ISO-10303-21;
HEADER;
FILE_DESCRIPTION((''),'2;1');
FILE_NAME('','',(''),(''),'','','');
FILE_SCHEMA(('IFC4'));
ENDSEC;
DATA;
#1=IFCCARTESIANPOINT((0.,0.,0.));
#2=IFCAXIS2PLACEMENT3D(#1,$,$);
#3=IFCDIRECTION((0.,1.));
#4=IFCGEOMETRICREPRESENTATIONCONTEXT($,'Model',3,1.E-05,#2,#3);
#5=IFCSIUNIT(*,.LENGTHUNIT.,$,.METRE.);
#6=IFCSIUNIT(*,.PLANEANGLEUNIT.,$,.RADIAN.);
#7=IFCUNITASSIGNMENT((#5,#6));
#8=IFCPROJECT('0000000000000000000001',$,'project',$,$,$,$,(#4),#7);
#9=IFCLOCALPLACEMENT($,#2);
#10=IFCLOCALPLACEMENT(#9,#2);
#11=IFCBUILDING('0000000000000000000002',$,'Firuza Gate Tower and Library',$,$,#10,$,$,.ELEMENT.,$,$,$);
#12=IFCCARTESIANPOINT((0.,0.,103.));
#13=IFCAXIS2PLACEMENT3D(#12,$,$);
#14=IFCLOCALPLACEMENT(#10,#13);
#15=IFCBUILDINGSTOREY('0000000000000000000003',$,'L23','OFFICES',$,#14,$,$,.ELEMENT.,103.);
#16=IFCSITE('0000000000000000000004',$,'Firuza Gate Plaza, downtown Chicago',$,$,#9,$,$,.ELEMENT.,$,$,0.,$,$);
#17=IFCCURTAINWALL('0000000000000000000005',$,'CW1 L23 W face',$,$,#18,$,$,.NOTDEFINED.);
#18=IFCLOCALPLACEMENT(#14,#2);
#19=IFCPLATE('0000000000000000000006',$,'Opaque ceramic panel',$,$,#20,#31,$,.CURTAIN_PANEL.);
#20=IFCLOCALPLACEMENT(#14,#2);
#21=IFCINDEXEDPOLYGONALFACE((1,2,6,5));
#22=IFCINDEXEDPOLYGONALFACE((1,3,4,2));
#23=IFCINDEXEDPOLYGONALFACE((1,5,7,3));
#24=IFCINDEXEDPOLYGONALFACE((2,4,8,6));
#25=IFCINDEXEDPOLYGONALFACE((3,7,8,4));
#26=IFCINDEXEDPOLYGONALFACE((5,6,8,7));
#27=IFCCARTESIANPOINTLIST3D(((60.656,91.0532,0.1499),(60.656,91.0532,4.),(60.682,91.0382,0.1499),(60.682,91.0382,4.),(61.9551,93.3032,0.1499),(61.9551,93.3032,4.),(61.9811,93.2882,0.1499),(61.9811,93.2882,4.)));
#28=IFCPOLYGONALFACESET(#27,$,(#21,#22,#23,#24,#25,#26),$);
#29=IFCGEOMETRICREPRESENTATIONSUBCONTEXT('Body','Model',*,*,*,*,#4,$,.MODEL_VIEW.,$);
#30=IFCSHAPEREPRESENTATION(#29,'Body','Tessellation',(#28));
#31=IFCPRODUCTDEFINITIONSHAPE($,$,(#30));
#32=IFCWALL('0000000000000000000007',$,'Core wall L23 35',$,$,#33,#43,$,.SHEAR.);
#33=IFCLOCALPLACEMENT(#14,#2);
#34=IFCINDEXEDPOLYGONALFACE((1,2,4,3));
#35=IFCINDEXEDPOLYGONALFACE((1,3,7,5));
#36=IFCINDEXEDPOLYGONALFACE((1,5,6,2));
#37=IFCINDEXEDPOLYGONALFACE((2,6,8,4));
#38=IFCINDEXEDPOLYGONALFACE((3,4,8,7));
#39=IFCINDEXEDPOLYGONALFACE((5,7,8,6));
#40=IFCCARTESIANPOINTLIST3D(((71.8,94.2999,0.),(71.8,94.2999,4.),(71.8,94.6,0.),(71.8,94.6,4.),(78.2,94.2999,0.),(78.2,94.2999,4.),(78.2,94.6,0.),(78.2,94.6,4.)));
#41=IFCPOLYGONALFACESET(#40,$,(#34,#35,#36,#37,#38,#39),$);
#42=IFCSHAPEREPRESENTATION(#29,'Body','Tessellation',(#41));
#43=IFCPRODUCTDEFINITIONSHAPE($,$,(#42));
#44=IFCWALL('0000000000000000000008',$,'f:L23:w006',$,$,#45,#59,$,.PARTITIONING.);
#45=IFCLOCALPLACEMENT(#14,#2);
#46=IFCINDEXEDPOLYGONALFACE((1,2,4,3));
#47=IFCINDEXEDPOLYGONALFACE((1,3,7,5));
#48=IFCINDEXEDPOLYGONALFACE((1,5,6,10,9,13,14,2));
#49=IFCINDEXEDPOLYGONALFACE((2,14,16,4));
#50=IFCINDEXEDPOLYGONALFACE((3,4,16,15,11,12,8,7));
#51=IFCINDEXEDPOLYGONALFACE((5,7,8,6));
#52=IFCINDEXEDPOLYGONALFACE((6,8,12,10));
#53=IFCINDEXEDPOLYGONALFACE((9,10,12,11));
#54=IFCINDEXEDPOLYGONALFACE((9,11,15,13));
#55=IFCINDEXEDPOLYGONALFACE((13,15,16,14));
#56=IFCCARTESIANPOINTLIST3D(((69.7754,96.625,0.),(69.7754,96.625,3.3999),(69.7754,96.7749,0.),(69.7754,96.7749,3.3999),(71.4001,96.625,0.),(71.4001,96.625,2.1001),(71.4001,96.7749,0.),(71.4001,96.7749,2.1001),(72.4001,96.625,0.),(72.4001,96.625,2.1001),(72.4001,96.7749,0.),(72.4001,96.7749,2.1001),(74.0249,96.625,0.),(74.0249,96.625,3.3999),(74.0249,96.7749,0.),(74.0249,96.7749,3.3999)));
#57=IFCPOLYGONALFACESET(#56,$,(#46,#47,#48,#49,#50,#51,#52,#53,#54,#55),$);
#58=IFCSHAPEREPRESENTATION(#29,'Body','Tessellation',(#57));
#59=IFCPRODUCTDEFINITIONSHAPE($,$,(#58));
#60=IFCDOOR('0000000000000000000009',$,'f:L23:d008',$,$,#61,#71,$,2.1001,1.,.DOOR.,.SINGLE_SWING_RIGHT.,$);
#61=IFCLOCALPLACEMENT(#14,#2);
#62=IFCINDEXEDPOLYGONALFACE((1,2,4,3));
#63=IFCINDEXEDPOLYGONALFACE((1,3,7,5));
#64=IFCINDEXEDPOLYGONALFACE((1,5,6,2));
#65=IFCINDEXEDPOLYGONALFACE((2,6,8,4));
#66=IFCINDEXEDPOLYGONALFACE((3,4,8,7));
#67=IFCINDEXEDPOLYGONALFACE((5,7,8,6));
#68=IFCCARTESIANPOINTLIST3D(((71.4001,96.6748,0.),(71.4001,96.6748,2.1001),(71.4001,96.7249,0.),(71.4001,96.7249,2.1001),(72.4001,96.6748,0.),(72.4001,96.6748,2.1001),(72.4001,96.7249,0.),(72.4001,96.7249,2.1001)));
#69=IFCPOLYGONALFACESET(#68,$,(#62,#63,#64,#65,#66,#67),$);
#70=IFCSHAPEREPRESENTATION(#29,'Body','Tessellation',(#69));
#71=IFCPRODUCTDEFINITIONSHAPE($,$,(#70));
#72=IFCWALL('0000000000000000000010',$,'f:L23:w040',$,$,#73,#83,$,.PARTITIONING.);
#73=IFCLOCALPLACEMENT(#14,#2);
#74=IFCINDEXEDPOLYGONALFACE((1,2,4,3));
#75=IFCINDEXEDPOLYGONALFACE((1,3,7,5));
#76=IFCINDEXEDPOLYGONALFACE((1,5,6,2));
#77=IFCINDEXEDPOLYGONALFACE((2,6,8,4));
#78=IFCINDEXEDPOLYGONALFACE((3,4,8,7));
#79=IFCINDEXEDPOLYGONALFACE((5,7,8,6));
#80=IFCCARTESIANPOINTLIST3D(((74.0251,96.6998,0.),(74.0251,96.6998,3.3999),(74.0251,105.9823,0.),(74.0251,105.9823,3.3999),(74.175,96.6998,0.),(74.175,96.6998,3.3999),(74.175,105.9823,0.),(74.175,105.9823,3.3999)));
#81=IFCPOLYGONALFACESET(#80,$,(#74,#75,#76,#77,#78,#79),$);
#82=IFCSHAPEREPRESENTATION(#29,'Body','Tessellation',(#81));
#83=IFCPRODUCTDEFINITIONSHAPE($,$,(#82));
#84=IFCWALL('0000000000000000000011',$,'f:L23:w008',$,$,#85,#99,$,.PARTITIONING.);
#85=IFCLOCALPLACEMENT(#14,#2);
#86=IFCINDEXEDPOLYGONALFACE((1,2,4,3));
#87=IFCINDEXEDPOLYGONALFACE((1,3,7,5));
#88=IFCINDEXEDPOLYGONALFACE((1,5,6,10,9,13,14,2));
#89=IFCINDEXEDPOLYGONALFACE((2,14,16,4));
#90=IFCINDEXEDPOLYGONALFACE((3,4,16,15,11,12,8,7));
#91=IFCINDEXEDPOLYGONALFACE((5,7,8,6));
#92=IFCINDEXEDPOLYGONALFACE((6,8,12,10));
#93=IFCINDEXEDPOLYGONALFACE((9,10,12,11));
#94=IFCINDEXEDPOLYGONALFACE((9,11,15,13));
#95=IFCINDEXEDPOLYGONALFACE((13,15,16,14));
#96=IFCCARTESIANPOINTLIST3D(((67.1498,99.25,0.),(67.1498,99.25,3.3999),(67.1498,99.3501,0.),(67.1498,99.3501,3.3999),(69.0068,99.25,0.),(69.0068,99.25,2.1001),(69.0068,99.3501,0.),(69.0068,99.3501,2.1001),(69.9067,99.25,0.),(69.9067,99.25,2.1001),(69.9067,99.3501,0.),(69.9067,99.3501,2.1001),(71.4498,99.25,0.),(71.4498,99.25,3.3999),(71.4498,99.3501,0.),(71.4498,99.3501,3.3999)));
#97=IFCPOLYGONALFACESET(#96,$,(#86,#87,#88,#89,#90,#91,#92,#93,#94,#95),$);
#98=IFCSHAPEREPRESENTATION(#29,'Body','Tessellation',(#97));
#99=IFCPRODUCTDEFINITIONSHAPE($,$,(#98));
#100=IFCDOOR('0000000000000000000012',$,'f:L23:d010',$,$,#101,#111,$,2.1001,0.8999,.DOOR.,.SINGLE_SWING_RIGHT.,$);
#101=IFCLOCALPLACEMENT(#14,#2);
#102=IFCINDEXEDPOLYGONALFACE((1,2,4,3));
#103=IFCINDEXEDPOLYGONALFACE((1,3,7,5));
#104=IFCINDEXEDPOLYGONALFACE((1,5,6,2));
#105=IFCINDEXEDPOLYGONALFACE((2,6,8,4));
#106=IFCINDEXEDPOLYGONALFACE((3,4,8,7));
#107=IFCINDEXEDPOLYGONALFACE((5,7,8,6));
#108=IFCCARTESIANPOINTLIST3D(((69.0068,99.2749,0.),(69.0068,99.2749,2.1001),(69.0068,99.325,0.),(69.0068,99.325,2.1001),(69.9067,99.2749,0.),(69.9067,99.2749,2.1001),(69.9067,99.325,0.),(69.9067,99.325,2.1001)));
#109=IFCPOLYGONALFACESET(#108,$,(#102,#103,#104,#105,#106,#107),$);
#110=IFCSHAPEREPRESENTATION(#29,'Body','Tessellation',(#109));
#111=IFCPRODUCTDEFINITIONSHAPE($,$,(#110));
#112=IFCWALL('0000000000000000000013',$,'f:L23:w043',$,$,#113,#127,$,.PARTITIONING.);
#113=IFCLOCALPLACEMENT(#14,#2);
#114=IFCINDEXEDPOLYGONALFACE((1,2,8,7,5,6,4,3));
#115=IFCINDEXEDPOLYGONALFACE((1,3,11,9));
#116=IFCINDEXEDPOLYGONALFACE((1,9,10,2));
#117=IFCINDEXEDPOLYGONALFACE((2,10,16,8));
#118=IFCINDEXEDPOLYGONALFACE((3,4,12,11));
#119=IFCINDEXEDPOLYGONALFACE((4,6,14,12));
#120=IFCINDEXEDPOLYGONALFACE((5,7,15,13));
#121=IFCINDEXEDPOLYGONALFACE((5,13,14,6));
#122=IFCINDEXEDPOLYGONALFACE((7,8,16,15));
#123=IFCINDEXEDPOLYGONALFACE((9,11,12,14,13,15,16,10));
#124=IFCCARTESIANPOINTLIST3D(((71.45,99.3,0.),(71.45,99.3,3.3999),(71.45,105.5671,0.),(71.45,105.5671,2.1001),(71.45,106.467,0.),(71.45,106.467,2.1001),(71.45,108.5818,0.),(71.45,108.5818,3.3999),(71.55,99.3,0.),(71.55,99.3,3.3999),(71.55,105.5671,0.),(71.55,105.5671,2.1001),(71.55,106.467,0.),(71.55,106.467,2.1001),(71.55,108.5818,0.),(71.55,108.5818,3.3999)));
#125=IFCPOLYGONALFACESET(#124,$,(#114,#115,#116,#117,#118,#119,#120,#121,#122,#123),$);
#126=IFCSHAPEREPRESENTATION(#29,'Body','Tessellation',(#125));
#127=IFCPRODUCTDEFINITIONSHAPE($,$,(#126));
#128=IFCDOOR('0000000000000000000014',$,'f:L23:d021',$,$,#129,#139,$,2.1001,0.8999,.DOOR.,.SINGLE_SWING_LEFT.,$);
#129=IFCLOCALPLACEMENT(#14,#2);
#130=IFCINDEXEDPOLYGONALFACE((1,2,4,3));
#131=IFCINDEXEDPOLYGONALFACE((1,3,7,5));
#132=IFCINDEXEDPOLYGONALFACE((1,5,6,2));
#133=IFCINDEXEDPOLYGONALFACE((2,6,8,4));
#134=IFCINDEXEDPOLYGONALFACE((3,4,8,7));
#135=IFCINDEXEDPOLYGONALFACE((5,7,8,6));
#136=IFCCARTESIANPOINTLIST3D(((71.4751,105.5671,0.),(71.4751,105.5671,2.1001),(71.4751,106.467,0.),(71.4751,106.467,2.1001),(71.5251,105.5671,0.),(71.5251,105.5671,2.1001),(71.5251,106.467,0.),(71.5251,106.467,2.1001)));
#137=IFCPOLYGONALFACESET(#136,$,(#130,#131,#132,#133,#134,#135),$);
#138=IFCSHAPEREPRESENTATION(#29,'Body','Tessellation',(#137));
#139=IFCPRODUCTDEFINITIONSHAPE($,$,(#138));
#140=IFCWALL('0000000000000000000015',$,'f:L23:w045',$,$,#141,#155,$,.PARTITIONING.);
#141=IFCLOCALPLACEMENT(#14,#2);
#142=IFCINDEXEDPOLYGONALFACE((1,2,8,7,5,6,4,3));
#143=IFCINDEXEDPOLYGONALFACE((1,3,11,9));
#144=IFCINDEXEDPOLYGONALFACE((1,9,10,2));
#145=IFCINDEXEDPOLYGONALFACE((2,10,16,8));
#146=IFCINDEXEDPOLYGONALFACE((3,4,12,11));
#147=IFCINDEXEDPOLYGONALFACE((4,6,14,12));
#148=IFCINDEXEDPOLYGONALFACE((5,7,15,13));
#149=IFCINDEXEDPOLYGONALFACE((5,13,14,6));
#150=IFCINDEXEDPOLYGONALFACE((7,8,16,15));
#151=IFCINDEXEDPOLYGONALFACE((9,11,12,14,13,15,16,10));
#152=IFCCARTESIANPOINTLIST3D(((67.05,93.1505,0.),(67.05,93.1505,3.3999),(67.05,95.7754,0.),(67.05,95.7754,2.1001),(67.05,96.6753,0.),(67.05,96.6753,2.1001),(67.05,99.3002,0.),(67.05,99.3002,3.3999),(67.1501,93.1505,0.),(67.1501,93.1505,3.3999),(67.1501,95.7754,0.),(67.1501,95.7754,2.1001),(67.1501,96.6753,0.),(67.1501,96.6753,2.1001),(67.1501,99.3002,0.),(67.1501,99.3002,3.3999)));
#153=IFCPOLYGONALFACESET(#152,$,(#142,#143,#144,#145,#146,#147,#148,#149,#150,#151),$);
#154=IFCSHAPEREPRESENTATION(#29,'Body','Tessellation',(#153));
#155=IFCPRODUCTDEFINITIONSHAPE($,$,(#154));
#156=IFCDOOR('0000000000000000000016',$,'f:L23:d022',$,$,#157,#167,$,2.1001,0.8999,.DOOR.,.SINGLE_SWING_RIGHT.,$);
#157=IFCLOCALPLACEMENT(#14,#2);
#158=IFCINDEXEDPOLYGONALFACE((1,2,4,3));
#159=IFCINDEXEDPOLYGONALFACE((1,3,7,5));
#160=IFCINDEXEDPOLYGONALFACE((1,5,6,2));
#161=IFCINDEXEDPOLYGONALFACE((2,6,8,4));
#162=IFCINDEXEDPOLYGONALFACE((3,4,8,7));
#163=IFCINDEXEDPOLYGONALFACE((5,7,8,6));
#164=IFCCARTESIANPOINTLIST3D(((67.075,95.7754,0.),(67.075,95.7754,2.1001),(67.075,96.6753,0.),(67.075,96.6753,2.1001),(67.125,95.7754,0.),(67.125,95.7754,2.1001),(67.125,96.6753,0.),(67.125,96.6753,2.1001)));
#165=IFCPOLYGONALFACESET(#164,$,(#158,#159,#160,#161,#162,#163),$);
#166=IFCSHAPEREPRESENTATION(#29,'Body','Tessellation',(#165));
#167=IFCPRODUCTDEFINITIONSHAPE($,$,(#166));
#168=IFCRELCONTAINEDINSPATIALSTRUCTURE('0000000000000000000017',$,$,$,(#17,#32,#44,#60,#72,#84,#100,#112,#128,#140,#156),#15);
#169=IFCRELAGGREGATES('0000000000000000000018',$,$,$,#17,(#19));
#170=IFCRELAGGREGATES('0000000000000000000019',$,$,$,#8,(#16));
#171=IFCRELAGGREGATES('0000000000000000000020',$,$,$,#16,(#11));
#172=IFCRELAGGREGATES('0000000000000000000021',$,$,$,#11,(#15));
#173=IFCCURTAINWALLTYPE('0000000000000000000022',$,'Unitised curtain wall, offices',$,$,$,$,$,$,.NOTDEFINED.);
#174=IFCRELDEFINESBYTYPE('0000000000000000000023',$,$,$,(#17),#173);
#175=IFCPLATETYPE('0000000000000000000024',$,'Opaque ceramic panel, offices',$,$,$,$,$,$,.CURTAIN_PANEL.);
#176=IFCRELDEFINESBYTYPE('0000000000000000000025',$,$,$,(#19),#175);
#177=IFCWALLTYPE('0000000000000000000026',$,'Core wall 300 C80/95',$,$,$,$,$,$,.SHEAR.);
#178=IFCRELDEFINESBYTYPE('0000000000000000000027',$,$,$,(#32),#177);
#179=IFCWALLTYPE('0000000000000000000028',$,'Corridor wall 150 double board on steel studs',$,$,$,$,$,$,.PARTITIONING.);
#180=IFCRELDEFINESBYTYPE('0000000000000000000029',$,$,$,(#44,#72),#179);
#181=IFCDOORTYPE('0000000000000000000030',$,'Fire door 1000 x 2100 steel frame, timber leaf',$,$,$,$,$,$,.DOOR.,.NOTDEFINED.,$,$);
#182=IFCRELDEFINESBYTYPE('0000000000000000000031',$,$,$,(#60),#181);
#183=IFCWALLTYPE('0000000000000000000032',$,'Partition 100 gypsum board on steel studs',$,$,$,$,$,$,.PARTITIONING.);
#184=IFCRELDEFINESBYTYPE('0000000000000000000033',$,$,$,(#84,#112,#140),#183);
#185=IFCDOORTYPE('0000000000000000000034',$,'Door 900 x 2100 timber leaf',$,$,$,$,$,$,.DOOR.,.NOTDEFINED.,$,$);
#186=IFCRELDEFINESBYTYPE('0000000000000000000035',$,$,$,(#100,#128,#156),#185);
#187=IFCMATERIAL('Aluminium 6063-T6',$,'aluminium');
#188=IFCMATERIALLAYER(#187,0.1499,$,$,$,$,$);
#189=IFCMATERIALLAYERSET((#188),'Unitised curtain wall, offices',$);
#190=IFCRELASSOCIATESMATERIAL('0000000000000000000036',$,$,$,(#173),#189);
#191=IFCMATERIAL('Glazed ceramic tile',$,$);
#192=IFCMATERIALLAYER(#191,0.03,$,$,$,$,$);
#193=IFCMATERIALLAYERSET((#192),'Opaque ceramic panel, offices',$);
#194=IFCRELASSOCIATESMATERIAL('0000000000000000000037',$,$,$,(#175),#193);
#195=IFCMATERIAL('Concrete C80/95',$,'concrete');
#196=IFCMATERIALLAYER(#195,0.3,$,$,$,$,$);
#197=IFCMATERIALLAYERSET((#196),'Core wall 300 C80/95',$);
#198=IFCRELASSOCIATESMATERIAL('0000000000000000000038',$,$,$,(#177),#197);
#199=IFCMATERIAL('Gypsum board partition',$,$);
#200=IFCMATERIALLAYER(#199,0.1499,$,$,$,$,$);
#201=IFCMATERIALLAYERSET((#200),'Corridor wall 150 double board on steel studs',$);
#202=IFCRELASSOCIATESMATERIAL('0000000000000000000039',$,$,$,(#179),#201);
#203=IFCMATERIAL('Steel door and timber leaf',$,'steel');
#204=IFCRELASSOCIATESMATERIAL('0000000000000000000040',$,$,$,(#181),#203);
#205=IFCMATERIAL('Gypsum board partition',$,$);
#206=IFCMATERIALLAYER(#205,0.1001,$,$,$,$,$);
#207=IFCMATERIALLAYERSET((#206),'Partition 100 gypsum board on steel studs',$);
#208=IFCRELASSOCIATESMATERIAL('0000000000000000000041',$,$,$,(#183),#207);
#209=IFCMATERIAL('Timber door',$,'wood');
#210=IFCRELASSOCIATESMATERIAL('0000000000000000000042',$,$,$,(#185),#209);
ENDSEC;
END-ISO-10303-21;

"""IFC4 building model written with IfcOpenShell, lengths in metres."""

from ifc_helpers import new_model, si_unit, direction, frame, frame_2d, origin, place, context, subcontext, project, spatial, polyline, rectangle, outline, extrude, material, layer, layer_set, type_object, element, fill, aggregate, save


model = new_model("IFC4")

# Units and contexts
model_context = context("Model", 3, precision=1e-05, world=origin(), true_north=direction((0.0, 1.0)))
body_context = subcontext(model_context, "Body", "Model", "MODEL_VIEW")
ifc_project = project(units=[si_unit("LENGTHUNIT", "METRE"), si_unit("PLANEANGLEUNIT", "RADIAN")], contexts=[model_context])

# Site, building, storey
site_placement = place(None, origin())
site = spatial("IfcSite", under=ifc_project, at=site_placement, Name="Firuza Gate Plaza, downtown Chicago", CompositionType="ELEMENT", RefElevation=0.0)
building_placement = place(site_placement, origin())
building = spatial("IfcBuilding", under=site, at=building_placement, Name="Firuza Gate Tower and Library", CompositionType="ELEMENT")
storey_placement = place(building_placement, frame((0.0, 0.0, 103.0)))
storey = spatial("IfcBuildingStorey", under=building, at=storey_placement, Name="L23", Description="OFFICES", CompositionType="ELEMENT", Elevation=103.0)

# Curtain wall
ifc_material_1 = material(Name="Aluminium 6063-T6", Category="aluminium")
ifc_layer_1 = layer(ifc_material_1, 0.1499)
ifc_layer_set_1 = layer_set([ifc_layer_1], Name="Unitised curtain wall, offices")
curtain_wall_type = type_object("IfcCurtainWallType", Name="Unitised curtain wall, offices", PredefinedType="NOTDEFINED", material=ifc_layer_set_1)
placement = place(storey_placement, origin())
curtain_wall = element("IfcCurtainWall", 1, at=placement, inside=storey, type_object=curtain_wall_type, Name="CW1 L23 W face", PredefinedType="NOTDEFINED")

# Plate
ifc_material_2 = material(Name="Glazed ceramic tile")
ifc_layer_2 = layer(ifc_material_2, 0.03)
ifc_layer_set_2 = layer_set([ifc_layer_2], Name="Opaque ceramic panel, offices")
plate_type_1 = type_object("IfcPlateType", Name="Opaque ceramic panel, offices", PredefinedType="CURTAIN_PANEL", material=ifc_layer_set_2)
plate_1_placement = place(storey_placement, frame((61.9551, 93.3032, 0.1499), z_axis=(-0.86602, 0.50001, 0.0), x_axis=(-0.50001, -0.86602, 0.0)))
plate_1 = element("IfcPlate", 2, at=plate_1_placement, type_object=plate_type_1, Name="Opaque ceramic panel", PredefinedType="CURTAIN_PANEL", context=body_context, shape_type="SweptSolid", body=[
    extrude(outline(polyline([(0.0, 0.0), (2.5981, 0.0), (2.5981, 3.8501), (0.0, 3.8501), (0.0, 0.0)])), origin(), (0.0, 0.0, -1.0), 0.03),
])
aggregate(curtain_wall, [plate_1])

# Wall
ifc_material_3 = material(Name="Concrete C80/95", Category="concrete")
ifc_layer_3 = layer(ifc_material_3, 0.3)
ifc_layer_set_3 = layer_set([ifc_layer_3], Name="Core wall 300 C80/95")
wall_type_1 = type_object("IfcWallType", Name="Core wall 300 C80/95", PredefinedType="SHEAR", material=ifc_layer_set_3)
wall_1_placement = place(storey_placement, frame((71.8, 94.45, 0.0), z_axis=(0.0, 0.0, 1.0), x_axis=(1.0, 0.0, 0.0)))
element("IfcWall", 3, at=wall_1_placement, inside=storey, type_object=wall_type_1, Name="Core wall L23 35", PredefinedType="SHEAR", context=body_context, shape_type="SweptSolid", body=[
    extrude(rectangle(XDim=6.3999, YDim=0.3, at=frame_2d((3.2, 0.0))), origin(), (0.0, 0.0, 1.0), 4.0),
])

# Wall, opening, door
ifc_material_4 = material(Name="Gypsum board partition")
ifc_layer_4 = layer(ifc_material_4, 0.1499)
ifc_layer_set_4 = layer_set([ifc_layer_4], Name="Corridor wall 150 double board on steel studs")
wall_type_2 = type_object("IfcWallType", Name="Corridor wall 150 double board on steel studs", PredefinedType="PARTITIONING", material=ifc_layer_set_4)
wall_2_placement = place(storey_placement, frame((69.7754, 96.7, 0.0), z_axis=(0.0, 0.0, 1.0), x_axis=(1.0, 0.0, 0.0)))
wall_2 = element("IfcWall", 4, at=wall_2_placement, inside=storey, type_object=wall_type_2, Name="f:L23:w006", PredefinedType="PARTITIONING", context=body_context, shape_type="SweptSolid", body=[
    extrude(rectangle(XDim=4.2495, YDim=0.1499, at=frame_2d((2.1248, 0.0))), origin(), (0.0, 0.0, 1.0), 3.3999),
])
opening_1_placement = place(wall_2_placement, frame((1.6248, 0.0, 0.0)))
opening_1 = element("IfcOpeningElement", 5, at=opening_1_placement, cuts=wall_2, PredefinedType="OPENING", context=body_context, shape_type="SweptSolid", body=[
    extrude(rectangle(XDim=1.0, YDim=2.1001, at=frame_2d((0.5, 1.05))), frame((0.0, 0.085, 0.0), z_axis=(0.0, -1.0, 0.0), x_axis=(1.0, 0.0, 0.0)), (0.0, 0.0, 1.0), 0.1699),
])
ifc_material_5 = material(Name="Steel door and timber leaf", Category="steel")
door_type_1 = type_object("IfcDoorType", Name="Fire door 1000 x 2100 steel frame, timber leaf", OperationType="NOTDEFINED", PredefinedType="DOOR", material=ifc_material_5)
door_1_placement = place(opening_1_placement, origin())
door_1 = element("IfcDoor", 6, at=door_1_placement, inside=storey, type_object=door_type_1, Name="f:L23:d008", OperationType="SINGLE_SWING_RIGHT", OverallHeight=2.1001, OverallWidth=1.0, PredefinedType="DOOR", context=body_context, shape_type="SweptSolid", body=[
    extrude(rectangle(XDim=1.0, YDim=2.1001, at=frame_2d((0.5, 1.05))), frame((0.0, 0.0249, 0.0), z_axis=(0.0, -1.0, 0.0), x_axis=(1.0, 0.0, 0.0)), (0.0, 0.0, 1.0), 0.05),
])
fill(opening_1, door_1)

# Wall
wall_3_placement = place(storey_placement, frame((74.1001, 96.7, 0.0), z_axis=(0.0, 0.0, 1.0), x_axis=(0.0, 1.0, 0.0)))
element("IfcWall", 7, at=wall_3_placement, inside=storey, type_object=wall_type_2, Name="f:L23:w040", PredefinedType="PARTITIONING", context=body_context, shape_type="SweptSolid", body=[
    extrude(rectangle(XDim=9.2825, YDim=0.1499, at=frame_2d((4.6411, 0.0))), origin(), (0.0, 0.0, 1.0), 3.3999),
])

# Walls, openings, doors
ifc_material_6 = material(Name="Gypsum board partition")
ifc_layer_5 = layer(ifc_material_6, 0.1001)
ifc_layer_set_5 = layer_set([ifc_layer_5], Name="Partition 100 gypsum board on steel studs")
wall_type_3 = type_object("IfcWallType", Name="Partition 100 gypsum board on steel studs", PredefinedType="PARTITIONING", material=ifc_layer_set_5)
wall_4_placement = place(storey_placement, frame((67.1499, 99.3, 0.0), z_axis=(0.0, 0.0, 1.0), x_axis=(1.0, 0.0, 0.0)))
wall_4 = element("IfcWall", 8, at=wall_4_placement, inside=storey, type_object=wall_type_3, Name="f:L23:w008", PredefinedType="PARTITIONING", context=body_context, shape_type="SweptSolid", body=[
    extrude(rectangle(XDim=4.3, YDim=0.1001, at=frame_2d((2.1499, 0.0))), origin(), (0.0, 0.0, 1.0), 3.3999),
])
opening_2_placement = place(wall_4_placement, frame((1.8569, 0.0, 0.0)))
opening_2 = element("IfcOpeningElement", 9, at=opening_2_placement, cuts=wall_4, PredefinedType="OPENING", context=body_context, shape_type="SweptSolid", body=[
    extrude(rectangle(XDim=0.8999, YDim=2.1001, at=frame_2d((0.45, 1.05))), frame((0.0, 0.0601, 0.0), z_axis=(0.0, -1.0, 0.0), x_axis=(1.0, 0.0, 0.0)), (0.0, 0.0, 1.0), 0.1201),
])
ifc_material_7 = material(Name="Timber door", Category="wood")
door_type_2 = type_object("IfcDoorType", Name="Door 900 x 2100 timber leaf", OperationType="NOTDEFINED", PredefinedType="DOOR", material=ifc_material_7)
door_2_placement = place(opening_2_placement, origin())
door_2 = element("IfcDoor", 10, at=door_2_placement, inside=storey, type_object=door_type_2, Name="f:L23:d010", OperationType="SINGLE_SWING_RIGHT", OverallHeight=2.1001, OverallWidth=0.8999, PredefinedType="DOOR", context=body_context, shape_type="SweptSolid", body=[
    extrude(rectangle(XDim=0.8999, YDim=2.1001, at=frame_2d((0.45, 1.05))), frame((0.0, 0.0249, 0.0), z_axis=(0.0, -1.0, 0.0), x_axis=(1.0, 0.0, 0.0)), (0.0, 0.0, 1.0), 0.05),
])
fill(opening_2, door_2)
wall_5_placement = place(storey_placement, frame((71.5, 99.3, 0.0), z_axis=(0.0, 0.0, 1.0), x_axis=(0.0, 1.0, 0.0)))
wall_5 = element("IfcWall", 11, at=wall_5_placement, inside=storey, type_object=wall_type_3, Name="f:L23:w043", PredefinedType="PARTITIONING", context=body_context, shape_type="SweptSolid", body=[
    extrude(rectangle(XDim=9.2817, YDim=0.1001, at=frame_2d((4.6409, 0.0))), origin(), (0.0, 0.0, 1.0), 3.3999),
])
opening_3_placement = place(wall_5_placement, frame((6.2671, 0.0, 0.0)))
opening_3 = element("IfcOpeningElement", 12, at=opening_3_placement, cuts=wall_5, PredefinedType="OPENING", context=body_context, shape_type="SweptSolid", body=[
    extrude(rectangle(XDim=0.8999, YDim=2.1001, at=frame_2d((0.45, 1.05))), frame((0.0, 0.0601, 0.0), z_axis=(0.0, -1.0, 0.0), x_axis=(1.0, 0.0, 0.0)), (0.0, 0.0, 1.0), 0.1201),
])
door_3_placement = place(opening_3_placement, origin())
door_3 = element("IfcDoor", 13, at=door_3_placement, inside=storey, type_object=door_type_2, Name="f:L23:d021", OperationType="SINGLE_SWING_LEFT", OverallHeight=2.1001, OverallWidth=0.8999, PredefinedType="DOOR", context=body_context, shape_type="SweptSolid", body=[
    extrude(rectangle(XDim=0.8999, YDim=2.1001, at=frame_2d((0.45, 1.05))), frame((0.0, 0.0249, 0.0), z_axis=(0.0, -1.0, 0.0), x_axis=(1.0, 0.0, 0.0)), (0.0, 0.0, 1.0), 0.05),
])
fill(opening_3, door_3)
wall_6_placement = place(storey_placement, frame((67.1001, 99.3, 0.0), z_axis=(0.0, 0.0, 1.0), x_axis=(0.0, -1.0, 0.0)))
wall_6 = element("IfcWall", 14, at=wall_6_placement, inside=storey, type_object=wall_type_3, Name="f:L23:w045", PredefinedType="PARTITIONING", context=body_context, shape_type="SweptSolid", body=[
    extrude(rectangle(XDim=6.1497, YDim=0.1001, at=frame_2d((3.0747, 0.0))), origin(), (0.0, 0.0, 1.0), 3.3999),
])
opening_4_placement = place(wall_6_placement, frame((2.6248, 0.0, 0.0)))
opening_4 = element("IfcOpeningElement", 15, at=opening_4_placement, cuts=wall_6, PredefinedType="OPENING", context=body_context, shape_type="SweptSolid", body=[
    extrude(rectangle(XDim=0.8999, YDim=2.1001, at=frame_2d((0.45, 1.05))), frame((0.0, 0.0601, 0.0), z_axis=(0.0, -1.0, 0.0), x_axis=(1.0, 0.0, 0.0)), (0.0, 0.0, 1.0), 0.1201),
])
door_4_placement = place(opening_4_placement, origin())
door_4 = element("IfcDoor", 16, at=door_4_placement, inside=storey, type_object=door_type_2, Name="f:L23:d022", OperationType="SINGLE_SWING_RIGHT", OverallHeight=2.1001, OverallWidth=0.8999, PredefinedType="DOOR", context=body_context, shape_type="SweptSolid", body=[
    extrude(rectangle(XDim=0.8999, YDim=2.1001, at=frame_2d((0.45, 1.05))), frame((0.0, 0.0249, 0.0), z_axis=(0.0, -1.0, 0.0), x_axis=(1.0, 0.0, 0.0)), (0.0, 0.0, 1.0), 0.05),
])
fill(opening_4, door_4)

save(model, "model.ifc")
